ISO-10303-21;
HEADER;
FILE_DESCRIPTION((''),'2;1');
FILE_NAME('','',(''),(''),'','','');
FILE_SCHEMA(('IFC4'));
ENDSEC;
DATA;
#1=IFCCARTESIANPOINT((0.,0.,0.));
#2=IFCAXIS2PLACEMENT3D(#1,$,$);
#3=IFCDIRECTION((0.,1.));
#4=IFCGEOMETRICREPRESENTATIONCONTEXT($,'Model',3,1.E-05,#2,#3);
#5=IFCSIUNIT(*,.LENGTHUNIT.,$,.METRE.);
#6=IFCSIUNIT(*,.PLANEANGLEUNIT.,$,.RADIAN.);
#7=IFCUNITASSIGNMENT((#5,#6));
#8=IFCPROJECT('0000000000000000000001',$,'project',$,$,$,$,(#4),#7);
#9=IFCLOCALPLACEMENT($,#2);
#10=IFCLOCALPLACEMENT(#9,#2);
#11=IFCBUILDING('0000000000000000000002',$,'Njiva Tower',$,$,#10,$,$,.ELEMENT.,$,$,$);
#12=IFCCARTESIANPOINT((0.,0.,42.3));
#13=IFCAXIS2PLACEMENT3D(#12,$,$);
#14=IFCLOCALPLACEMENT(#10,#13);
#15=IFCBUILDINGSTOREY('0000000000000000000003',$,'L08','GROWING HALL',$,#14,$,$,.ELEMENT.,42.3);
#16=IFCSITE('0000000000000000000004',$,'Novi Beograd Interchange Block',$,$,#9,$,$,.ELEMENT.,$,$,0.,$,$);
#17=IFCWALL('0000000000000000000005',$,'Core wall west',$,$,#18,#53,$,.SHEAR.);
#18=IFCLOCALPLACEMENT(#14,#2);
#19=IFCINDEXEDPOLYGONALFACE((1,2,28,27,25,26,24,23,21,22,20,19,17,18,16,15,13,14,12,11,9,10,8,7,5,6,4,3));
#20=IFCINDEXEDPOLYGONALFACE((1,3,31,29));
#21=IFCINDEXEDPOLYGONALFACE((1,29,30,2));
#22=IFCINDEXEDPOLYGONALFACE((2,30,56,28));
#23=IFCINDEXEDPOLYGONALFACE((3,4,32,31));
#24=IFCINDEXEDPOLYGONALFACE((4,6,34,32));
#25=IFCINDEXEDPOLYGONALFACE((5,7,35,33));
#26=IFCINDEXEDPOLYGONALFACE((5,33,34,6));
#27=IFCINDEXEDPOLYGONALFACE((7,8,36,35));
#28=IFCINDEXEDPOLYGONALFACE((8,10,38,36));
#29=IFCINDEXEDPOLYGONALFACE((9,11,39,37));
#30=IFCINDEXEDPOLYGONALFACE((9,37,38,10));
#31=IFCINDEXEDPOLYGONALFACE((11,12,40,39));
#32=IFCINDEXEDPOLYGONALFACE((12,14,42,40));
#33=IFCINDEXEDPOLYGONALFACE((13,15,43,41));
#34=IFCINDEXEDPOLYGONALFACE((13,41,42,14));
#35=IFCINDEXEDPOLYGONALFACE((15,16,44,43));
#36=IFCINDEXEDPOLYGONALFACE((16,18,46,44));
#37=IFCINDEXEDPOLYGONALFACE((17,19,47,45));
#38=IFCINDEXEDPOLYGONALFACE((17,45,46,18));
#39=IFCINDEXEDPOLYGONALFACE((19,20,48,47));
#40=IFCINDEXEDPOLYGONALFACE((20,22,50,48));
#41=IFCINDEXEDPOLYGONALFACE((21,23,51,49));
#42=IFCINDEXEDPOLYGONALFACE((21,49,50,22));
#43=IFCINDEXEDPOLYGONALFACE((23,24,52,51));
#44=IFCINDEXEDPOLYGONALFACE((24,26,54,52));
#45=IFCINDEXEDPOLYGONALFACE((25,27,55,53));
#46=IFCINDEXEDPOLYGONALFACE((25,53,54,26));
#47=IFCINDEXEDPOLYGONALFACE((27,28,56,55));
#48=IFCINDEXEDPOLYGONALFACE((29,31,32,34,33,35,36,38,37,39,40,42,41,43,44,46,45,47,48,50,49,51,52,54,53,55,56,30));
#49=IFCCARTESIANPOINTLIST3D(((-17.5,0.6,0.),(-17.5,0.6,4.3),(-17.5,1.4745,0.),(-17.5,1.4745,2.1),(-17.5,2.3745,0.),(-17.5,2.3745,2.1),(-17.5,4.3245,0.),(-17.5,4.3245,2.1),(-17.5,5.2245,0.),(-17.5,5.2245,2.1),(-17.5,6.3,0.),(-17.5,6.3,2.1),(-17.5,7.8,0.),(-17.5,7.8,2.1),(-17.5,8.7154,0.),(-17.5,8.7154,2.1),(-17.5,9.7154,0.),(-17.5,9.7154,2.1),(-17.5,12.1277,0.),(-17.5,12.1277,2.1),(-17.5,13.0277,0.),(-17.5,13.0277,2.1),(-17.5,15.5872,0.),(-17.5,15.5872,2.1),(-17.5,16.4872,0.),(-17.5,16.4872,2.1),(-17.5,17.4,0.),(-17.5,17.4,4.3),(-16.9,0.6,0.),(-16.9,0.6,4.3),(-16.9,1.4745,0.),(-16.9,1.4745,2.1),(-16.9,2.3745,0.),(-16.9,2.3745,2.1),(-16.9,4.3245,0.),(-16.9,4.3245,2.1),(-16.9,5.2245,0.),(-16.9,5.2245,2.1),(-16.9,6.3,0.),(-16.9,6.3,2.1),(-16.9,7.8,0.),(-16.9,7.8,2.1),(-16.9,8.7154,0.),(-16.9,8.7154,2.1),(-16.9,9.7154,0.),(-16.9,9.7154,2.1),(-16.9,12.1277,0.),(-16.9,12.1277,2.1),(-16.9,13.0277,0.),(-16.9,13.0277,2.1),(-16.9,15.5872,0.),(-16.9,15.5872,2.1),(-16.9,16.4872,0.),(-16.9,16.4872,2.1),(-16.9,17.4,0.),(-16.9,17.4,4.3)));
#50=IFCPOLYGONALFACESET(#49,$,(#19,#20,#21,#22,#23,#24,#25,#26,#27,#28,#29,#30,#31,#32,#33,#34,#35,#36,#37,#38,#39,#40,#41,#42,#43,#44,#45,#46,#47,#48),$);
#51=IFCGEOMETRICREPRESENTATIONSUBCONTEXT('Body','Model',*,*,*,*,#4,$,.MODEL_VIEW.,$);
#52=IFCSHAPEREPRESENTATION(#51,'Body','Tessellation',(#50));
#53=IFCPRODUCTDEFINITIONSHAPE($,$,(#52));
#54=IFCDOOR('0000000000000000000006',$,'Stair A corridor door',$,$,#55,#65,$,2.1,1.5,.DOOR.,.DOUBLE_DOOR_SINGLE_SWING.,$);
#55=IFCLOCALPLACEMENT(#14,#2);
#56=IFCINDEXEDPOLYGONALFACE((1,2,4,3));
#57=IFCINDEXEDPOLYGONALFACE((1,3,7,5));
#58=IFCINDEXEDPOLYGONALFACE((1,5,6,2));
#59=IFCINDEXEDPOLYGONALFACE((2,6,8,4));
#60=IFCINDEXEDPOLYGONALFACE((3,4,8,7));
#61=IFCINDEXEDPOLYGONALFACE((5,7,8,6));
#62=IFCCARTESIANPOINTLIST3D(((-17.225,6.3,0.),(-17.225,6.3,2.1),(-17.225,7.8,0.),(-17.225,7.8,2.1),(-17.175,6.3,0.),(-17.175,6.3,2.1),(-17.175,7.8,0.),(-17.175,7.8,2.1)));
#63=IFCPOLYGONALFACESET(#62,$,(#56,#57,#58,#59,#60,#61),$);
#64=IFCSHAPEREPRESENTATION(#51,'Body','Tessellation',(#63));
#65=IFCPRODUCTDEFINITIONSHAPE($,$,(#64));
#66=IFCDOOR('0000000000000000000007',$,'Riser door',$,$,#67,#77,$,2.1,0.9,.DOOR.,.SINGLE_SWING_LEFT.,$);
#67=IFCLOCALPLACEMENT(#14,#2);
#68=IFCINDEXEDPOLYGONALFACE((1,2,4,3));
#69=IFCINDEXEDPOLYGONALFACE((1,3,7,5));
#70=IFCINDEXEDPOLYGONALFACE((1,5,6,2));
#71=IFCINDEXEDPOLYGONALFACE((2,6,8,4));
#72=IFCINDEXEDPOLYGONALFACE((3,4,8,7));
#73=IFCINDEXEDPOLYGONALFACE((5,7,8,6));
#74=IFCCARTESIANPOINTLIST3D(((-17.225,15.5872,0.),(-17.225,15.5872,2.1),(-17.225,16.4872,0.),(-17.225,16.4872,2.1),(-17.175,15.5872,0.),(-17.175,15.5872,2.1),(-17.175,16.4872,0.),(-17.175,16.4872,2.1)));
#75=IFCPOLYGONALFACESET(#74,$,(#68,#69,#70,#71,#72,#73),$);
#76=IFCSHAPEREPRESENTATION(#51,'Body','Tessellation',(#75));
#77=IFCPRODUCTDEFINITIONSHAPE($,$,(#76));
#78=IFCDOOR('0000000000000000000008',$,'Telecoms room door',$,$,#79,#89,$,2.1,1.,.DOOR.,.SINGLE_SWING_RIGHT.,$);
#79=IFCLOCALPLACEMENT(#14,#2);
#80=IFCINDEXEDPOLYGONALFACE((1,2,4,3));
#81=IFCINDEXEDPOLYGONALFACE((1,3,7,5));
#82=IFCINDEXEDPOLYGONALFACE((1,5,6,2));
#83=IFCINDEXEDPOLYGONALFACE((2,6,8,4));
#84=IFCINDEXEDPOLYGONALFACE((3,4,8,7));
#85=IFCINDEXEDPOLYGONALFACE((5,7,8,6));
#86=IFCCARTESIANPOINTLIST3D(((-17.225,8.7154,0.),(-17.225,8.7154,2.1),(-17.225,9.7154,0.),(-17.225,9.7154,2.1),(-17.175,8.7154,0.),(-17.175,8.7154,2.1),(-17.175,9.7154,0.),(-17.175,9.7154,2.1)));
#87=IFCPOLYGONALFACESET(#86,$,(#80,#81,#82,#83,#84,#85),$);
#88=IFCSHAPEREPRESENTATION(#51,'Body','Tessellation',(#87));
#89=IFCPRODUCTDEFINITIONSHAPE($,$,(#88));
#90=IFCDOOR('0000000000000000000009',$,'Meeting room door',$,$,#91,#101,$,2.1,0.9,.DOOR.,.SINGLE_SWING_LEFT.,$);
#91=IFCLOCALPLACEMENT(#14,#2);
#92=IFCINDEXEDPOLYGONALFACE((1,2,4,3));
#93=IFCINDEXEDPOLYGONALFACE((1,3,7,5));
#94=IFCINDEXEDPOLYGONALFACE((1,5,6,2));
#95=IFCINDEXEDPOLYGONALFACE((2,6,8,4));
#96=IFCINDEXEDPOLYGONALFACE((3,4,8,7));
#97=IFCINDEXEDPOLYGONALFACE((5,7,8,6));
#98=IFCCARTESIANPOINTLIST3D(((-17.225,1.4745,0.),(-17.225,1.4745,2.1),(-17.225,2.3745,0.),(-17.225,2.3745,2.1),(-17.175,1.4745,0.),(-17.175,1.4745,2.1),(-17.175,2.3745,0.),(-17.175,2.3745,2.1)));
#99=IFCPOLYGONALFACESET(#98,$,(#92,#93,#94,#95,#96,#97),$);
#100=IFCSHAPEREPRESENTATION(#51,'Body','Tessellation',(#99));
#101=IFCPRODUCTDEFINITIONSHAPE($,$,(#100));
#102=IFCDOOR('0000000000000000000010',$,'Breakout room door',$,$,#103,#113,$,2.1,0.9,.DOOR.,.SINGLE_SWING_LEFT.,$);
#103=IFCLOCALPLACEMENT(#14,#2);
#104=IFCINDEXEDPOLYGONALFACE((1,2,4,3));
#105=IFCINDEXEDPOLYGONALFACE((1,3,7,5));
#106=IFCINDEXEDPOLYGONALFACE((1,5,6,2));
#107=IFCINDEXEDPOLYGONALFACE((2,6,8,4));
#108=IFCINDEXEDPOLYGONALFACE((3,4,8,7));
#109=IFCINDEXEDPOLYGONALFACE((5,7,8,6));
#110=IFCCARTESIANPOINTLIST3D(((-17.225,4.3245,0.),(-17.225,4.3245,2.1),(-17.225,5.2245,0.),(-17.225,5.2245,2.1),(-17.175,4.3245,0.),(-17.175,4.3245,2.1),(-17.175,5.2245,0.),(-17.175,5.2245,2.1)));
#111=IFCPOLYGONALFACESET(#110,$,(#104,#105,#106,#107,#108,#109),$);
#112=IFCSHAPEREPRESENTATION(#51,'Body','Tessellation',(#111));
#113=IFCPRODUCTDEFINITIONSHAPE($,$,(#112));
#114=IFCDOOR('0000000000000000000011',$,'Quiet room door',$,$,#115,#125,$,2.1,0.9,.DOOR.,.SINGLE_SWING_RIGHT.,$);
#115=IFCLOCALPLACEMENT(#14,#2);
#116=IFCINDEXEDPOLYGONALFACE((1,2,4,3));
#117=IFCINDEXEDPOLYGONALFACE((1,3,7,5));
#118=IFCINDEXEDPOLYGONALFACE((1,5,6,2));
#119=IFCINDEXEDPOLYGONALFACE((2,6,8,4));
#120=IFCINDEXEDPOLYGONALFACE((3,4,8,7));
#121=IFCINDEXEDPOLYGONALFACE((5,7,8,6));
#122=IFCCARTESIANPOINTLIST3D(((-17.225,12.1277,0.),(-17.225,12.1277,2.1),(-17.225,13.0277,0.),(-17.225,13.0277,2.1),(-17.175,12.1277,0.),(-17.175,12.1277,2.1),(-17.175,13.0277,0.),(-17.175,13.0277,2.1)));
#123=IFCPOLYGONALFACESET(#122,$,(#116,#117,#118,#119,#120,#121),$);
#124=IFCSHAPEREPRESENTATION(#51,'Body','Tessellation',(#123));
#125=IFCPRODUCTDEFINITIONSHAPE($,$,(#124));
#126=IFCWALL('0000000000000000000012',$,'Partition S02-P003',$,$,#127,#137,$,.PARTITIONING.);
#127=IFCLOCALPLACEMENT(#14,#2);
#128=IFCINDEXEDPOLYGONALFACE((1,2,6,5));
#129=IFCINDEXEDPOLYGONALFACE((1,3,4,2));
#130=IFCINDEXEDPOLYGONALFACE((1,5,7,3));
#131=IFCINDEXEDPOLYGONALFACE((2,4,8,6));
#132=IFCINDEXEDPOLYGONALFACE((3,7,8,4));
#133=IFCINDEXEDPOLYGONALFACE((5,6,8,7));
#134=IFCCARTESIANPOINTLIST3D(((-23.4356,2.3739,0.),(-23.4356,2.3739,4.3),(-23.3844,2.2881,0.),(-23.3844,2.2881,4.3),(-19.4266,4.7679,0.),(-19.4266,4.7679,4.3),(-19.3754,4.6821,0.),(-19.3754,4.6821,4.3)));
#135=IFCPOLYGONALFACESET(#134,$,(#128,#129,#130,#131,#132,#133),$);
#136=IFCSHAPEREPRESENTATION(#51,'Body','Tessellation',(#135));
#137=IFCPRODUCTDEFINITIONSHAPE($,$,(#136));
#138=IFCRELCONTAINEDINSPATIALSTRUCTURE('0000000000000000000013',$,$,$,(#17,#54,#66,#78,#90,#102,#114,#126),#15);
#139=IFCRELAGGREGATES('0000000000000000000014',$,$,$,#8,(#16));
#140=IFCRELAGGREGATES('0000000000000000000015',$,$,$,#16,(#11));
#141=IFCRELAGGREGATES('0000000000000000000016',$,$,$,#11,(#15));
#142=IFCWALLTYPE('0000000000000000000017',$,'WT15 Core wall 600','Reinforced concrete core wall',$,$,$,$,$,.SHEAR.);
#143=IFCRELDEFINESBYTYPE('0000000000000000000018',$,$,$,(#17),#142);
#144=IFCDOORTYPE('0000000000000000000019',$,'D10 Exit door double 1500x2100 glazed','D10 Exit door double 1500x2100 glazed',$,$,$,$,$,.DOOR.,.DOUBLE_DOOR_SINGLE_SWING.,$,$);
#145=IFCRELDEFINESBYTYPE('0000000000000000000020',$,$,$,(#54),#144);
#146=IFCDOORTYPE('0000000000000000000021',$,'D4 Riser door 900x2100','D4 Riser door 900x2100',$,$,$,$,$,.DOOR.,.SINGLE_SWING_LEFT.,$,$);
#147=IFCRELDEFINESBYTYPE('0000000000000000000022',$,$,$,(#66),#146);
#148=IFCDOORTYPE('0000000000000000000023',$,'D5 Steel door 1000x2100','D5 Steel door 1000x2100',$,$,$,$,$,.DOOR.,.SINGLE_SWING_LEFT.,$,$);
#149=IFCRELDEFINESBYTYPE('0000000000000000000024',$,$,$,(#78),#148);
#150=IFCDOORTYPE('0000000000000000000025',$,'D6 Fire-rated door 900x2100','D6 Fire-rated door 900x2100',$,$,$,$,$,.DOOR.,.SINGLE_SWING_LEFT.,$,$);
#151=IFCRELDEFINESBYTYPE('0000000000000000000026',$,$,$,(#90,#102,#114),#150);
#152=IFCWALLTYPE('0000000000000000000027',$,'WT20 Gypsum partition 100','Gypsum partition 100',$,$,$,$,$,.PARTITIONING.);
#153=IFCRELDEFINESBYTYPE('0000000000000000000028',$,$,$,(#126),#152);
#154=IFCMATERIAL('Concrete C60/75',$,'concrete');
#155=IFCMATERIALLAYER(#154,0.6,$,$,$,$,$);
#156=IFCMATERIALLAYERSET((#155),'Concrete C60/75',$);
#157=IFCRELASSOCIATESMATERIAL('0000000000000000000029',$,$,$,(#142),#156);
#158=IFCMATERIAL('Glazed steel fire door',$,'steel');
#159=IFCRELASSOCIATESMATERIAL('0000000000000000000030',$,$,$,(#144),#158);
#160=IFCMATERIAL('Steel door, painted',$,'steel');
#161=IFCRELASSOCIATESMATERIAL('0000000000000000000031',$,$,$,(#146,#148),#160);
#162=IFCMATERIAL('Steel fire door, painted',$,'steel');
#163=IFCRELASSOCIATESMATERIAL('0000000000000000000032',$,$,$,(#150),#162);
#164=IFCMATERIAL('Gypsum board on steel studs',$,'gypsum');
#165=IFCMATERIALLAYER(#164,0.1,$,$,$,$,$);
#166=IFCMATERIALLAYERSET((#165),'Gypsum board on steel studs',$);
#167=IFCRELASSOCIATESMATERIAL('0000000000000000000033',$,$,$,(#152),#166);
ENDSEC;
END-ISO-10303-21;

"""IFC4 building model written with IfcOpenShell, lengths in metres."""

from ifc_helpers import new_model, si_unit, direction, frame, frame_2d, origin, place, context, subcontext, project, spatial, rectangle, extrude, material, layer, layer_set, type_object, element, fill, save


model = new_model("IFC4")

# Units and contexts
model_context = context("Model", 3, precision=1e-05, world=origin(), true_north=direction((0.0, 1.0)))
body_context = subcontext(model_context, "Body", "Model", "MODEL_VIEW")
ifc_project = project(units=[si_unit("LENGTHUNIT", "METRE"), si_unit("PLANEANGLEUNIT", "RADIAN")], contexts=[model_context])

# Site, building, storey
site_placement = place(None, origin())
site = spatial("IfcSite", under=ifc_project, at=site_placement, Name="Novi Beograd Interchange Block", CompositionType="ELEMENT", RefElevation=0.0)
building_placement = place(site_placement, origin())
building = spatial("IfcBuilding", under=site, at=building_placement, Name="Njiva Tower", CompositionType="ELEMENT")
storey_placement = place(building_placement, frame((0.0, 0.0, 42.3)))
storey = spatial("IfcBuildingStorey", under=building, at=storey_placement, Name="L08", Description="GROWING HALL", CompositionType="ELEMENT", Elevation=42.3)

# Wall, openings, doors
ifc_material_1 = material(Name="Concrete C60/75", Category="concrete")
ifc_layer_1 = layer(ifc_material_1, 0.6)
ifc_layer_set_1 = layer_set([ifc_layer_1], Name="Concrete C60/75")
wall_type_1 = type_object("IfcWallType", Name="WT15 Core wall 600", Description="Reinforced concrete core wall", PredefinedType="SHEAR", material=ifc_layer_set_1)
wall_1_placement = place(storey_placement, frame((-17.2, 0.6, 0.0), z_axis=(0.0, 0.0, 1.0), x_axis=(0.0, 1.0, 0.0)))
wall_1 = element("IfcWall", 1, at=wall_1_placement, inside=storey, type_object=wall_type_1, Name="Core wall west", PredefinedType="SHEAR", context=body_context, shape_type="SweptSolid", body=[
    extrude(rectangle(XDim=16.8, YDim=0.6, at=frame_2d((8.4, 0.0))), origin(), (0.0, 0.0, 1.0), 4.3),
])
opening_1_placement = place(wall_1_placement, frame((5.7, 0.0, 0.0)))
opening_1 = element("IfcOpeningElement", 2, at=opening_1_placement, cuts=wall_1, PredefinedType="OPENING", context=body_context, shape_type="SweptSolid", body=[
    extrude(rectangle(XDim=1.5, YDim=2.1, at=frame_2d((0.75, 1.05))), frame((0.0, 0.31, 0.0), z_axis=(0.0, -1.0, 0.0), x_axis=(1.0, 0.0, 0.0)), (0.0, 0.0, 1.0), 0.62),
])
opening_2_placement = place(wall_1_placement, frame((0.8745, 0.0, 0.0)))
opening_2 = element("IfcOpeningElement", 3, at=opening_2_placement, cuts=wall_1, PredefinedType="OPENING", context=body_context, shape_type="SweptSolid", body=[
    extrude(rectangle(XDim=0.9, YDim=2.1, at=frame_2d((0.45, 1.05))), frame((0.0, 0.31, 0.0), z_axis=(0.0, -1.0, 0.0), x_axis=(1.0, 0.0, 0.0)), (0.0, 0.0, 1.0), 0.62),
])
opening_3_placement = place(wall_1_placement, frame((3.7245, 0.0, 0.0)))
opening_3 = element("IfcOpeningElement", 4, at=opening_3_placement, cuts=wall_1, PredefinedType="OPENING", context=body_context, shape_type="SweptSolid", body=[
    extrude(rectangle(XDim=0.9, YDim=2.1, at=frame_2d((0.45, 1.05))), frame((0.0, 0.31, 0.0), z_axis=(0.0, -1.0, 0.0), x_axis=(1.0, 0.0, 0.0)), (0.0, 0.0, 1.0), 0.62),
])
opening_4_placement = place(wall_1_placement, frame((8.1154, 0.0, 0.0)))
opening_4 = element("IfcOpeningElement", 5, at=opening_4_placement, cuts=wall_1, PredefinedType="OPENING", context=body_context, shape_type="SweptSolid", body=[
    extrude(rectangle(XDim=1.0, YDim=2.1, at=frame_2d((0.5, 1.05))), frame((0.0, 0.31, 0.0), z_axis=(0.0, -1.0, 0.0), x_axis=(1.0, 0.0, 0.0)), (0.0, 0.0, 1.0), 0.62),
])
opening_5_placement = place(wall_1_placement, frame((11.5277, 0.0, 0.0)))
opening_5 = element("IfcOpeningElement", 6, at=opening_5_placement, cuts=wall_1, PredefinedType="OPENING", context=body_context, shape_type="SweptSolid", body=[
    extrude(rectangle(XDim=0.9, YDim=2.1, at=frame_2d((0.45, 1.05))), frame((0.0, 0.31, 0.0), z_axis=(0.0, -1.0, 0.0), x_axis=(1.0, 0.0, 0.0)), (0.0, 0.0, 1.0), 0.62),
])
opening_6_placement = place(wall_1_placement, frame((14.9872, 0.0, 0.0)))
opening_6 = element("IfcOpeningElement", 7, at=opening_6_placement, cuts=wall_1, PredefinedType="OPENING", context=body_context, shape_type="SweptSolid", body=[
    extrude(rectangle(XDim=0.9, YDim=2.1, at=frame_2d((0.45, 1.05))), frame((0.0, 0.31, 0.0), z_axis=(0.0, -1.0, 0.0), x_axis=(1.0, 0.0, 0.0)), (0.0, 0.0, 1.0), 0.62),
])
ifc_material_2 = material(Name="Glazed steel fire door", Category="steel")
door_type_1 = type_object("IfcDoorType", Name="D10 Exit door double 1500x2100 glazed", Description="D10 Exit door double 1500x2100 glazed", OperationType="DOUBLE_DOOR_SINGLE_SWING", PredefinedType="DOOR", material=ifc_material_2)
door_1_placement = place(opening_1_placement, origin())
door_1 = element("IfcDoor", 8, at=door_1_placement, inside=storey, type_object=door_type_1, Name="Stair A corridor door", OperationType="DOUBLE_DOOR_SINGLE_SWING", OverallHeight=2.1, OverallWidth=1.5, PredefinedType="DOOR", context=body_context, shape_type="SweptSolid", body=[
    extrude(rectangle(XDim=1.5, YDim=2.1, at=frame_2d((0.75, 1.05))), frame((0.0, 0.025, 0.0), z_axis=(0.0, -1.0, 0.0), x_axis=(1.0, 0.0, 0.0)), (0.0, 0.0, 1.0), 0.05),
])
fill(opening_1, door_1)
ifc_material_3 = material(Name="Steel door, painted", Category="steel")
door_type_2 = type_object("IfcDoorType", Name="D4 Riser door 900x2100", Description="D4 Riser door 900x2100", OperationType="SINGLE_SWING_LEFT", PredefinedType="DOOR", material=ifc_material_3)
door_2_placement = place(opening_6_placement, origin())
door_2 = element("IfcDoor", 9, at=door_2_placement, inside=storey, type_object=door_type_2, Name="Riser door", OperationType="SINGLE_SWING_LEFT", OverallHeight=2.1, OverallWidth=0.9, PredefinedType="DOOR", context=body_context, shape_type="SweptSolid", body=[
    extrude(rectangle(XDim=0.9, YDim=2.1, at=frame_2d((0.45, 1.05))), frame((0.0, 0.025, 0.0), z_axis=(0.0, -1.0, 0.0), x_axis=(1.0, 0.0, 0.0)), (0.0, 0.0, 1.0), 0.05),
])
fill(opening_6, door_2)
door_type_3 = type_object("IfcDoorType", Name="D5 Steel door 1000x2100", Description="D5 Steel door 1000x2100", OperationType="SINGLE_SWING_LEFT", PredefinedType="DOOR", material=ifc_material_3)
door_3_placement = place(opening_4_placement, origin())
door_3 = element("IfcDoor", 10, at=door_3_placement, inside=storey, type_object=door_type_3, Name="Telecoms room door", OperationType="SINGLE_SWING_RIGHT", OverallHeight=2.1, OverallWidth=1.0, PredefinedType="DOOR", context=body_context, shape_type="SweptSolid", body=[
    extrude(rectangle(XDim=1.0, YDim=2.1, at=frame_2d((0.5, 1.05))), frame((0.0, 0.025, 0.0), z_axis=(0.0, -1.0, 0.0), x_axis=(1.0, 0.0, 0.0)), (0.0, 0.0, 1.0), 0.05),
])
fill(opening_4, door_3)
ifc_material_4 = material(Name="Steel fire door, painted", Category="steel")
door_type_4 = type_object("IfcDoorType", Name="D6 Fire-rated door 900x2100", Description="D6 Fire-rated door 900x2100", OperationType="SINGLE_SWING_LEFT", PredefinedType="DOOR", material=ifc_material_4)
door_4_placement = place(opening_2_placement, origin())
door_4 = element("IfcDoor", 11, at=door_4_placement, inside=storey, type_object=door_type_4, Name="Meeting room door", OperationType="SINGLE_SWING_LEFT", OverallHeight=2.1, OverallWidth=0.9, PredefinedType="DOOR", context=body_context, shape_type="SweptSolid", body=[
    extrude(rectangle(XDim=0.9, YDim=2.1, at=frame_2d((0.45, 1.05))), frame((0.0, 0.025, 0.0), z_axis=(0.0, -1.0, 0.0), x_axis=(1.0, 0.0, 0.0)), (0.0, 0.0, 1.0), 0.05),
])
fill(opening_2, door_4)
door_5_placement = place(opening_3_placement, origin())
door_5 = element("IfcDoor", 12, at=door_5_placement, inside=storey, type_object=door_type_4, Name="Breakout room door", OperationType="SINGLE_SWING_LEFT", OverallHeight=2.1, OverallWidth=0.9, PredefinedType="DOOR", context=body_context, shape_type="SweptSolid", body=[
    extrude(rectangle(XDim=0.9, YDim=2.1, at=frame_2d((0.45, 1.05))), frame((0.0, 0.025, 0.0), z_axis=(0.0, -1.0, 0.0), x_axis=(1.0, 0.0, 0.0)), (0.0, 0.0, 1.0), 0.05),
])
fill(opening_3, door_5)
door_6_placement = place(opening_5_placement, origin())
door_6 = element("IfcDoor", 13, at=door_6_placement, inside=storey, type_object=door_type_4, Name="Quiet room door", OperationType="SINGLE_SWING_RIGHT", OverallHeight=2.1, OverallWidth=0.9, PredefinedType="DOOR", context=body_context, shape_type="SweptSolid", body=[
    extrude(rectangle(XDim=0.9, YDim=2.1, at=frame_2d((0.45, 1.05))), frame((0.0, 0.025, 0.0), z_axis=(0.0, -1.0, 0.0), x_axis=(1.0, 0.0, 0.0)), (0.0, 0.0, 1.0), 0.05),
])
fill(opening_5, door_6)

# Wall
ifc_material_5 = material(Name="Gypsum board on steel studs", Category="gypsum")
ifc_layer_2 = layer(ifc_material_5, 0.1)
ifc_layer_set_2 = layer_set([ifc_layer_2], Name="Gypsum board on steel studs")
wall_type_2 = type_object("IfcWallType", Name="WT20 Gypsum partition 100", Description="Gypsum partition 100", PredefinedType="PARTITIONING", material=ifc_layer_set_2)
wall_2_placement = place(storey_placement, frame((-23.41, 2.331, 0.0), z_axis=(0.0, 0.0, 1.0), x_axis=(0.858568, 0.512699, 0.0)))
element("IfcWall", 14, at=wall_2_placement, inside=storey, type_object=wall_type_2, Name="Partition S02-P003", PredefinedType="PARTITIONING", context=body_context, shape_type="SweptSolid", body=[
    extrude(rectangle(XDim=4.6694, YDim=0.1, at=frame_2d((2.3347, 0.0))), origin(), (0.0, 0.0, 1.0), 4.3),
])

save(model, "model.ifc")
